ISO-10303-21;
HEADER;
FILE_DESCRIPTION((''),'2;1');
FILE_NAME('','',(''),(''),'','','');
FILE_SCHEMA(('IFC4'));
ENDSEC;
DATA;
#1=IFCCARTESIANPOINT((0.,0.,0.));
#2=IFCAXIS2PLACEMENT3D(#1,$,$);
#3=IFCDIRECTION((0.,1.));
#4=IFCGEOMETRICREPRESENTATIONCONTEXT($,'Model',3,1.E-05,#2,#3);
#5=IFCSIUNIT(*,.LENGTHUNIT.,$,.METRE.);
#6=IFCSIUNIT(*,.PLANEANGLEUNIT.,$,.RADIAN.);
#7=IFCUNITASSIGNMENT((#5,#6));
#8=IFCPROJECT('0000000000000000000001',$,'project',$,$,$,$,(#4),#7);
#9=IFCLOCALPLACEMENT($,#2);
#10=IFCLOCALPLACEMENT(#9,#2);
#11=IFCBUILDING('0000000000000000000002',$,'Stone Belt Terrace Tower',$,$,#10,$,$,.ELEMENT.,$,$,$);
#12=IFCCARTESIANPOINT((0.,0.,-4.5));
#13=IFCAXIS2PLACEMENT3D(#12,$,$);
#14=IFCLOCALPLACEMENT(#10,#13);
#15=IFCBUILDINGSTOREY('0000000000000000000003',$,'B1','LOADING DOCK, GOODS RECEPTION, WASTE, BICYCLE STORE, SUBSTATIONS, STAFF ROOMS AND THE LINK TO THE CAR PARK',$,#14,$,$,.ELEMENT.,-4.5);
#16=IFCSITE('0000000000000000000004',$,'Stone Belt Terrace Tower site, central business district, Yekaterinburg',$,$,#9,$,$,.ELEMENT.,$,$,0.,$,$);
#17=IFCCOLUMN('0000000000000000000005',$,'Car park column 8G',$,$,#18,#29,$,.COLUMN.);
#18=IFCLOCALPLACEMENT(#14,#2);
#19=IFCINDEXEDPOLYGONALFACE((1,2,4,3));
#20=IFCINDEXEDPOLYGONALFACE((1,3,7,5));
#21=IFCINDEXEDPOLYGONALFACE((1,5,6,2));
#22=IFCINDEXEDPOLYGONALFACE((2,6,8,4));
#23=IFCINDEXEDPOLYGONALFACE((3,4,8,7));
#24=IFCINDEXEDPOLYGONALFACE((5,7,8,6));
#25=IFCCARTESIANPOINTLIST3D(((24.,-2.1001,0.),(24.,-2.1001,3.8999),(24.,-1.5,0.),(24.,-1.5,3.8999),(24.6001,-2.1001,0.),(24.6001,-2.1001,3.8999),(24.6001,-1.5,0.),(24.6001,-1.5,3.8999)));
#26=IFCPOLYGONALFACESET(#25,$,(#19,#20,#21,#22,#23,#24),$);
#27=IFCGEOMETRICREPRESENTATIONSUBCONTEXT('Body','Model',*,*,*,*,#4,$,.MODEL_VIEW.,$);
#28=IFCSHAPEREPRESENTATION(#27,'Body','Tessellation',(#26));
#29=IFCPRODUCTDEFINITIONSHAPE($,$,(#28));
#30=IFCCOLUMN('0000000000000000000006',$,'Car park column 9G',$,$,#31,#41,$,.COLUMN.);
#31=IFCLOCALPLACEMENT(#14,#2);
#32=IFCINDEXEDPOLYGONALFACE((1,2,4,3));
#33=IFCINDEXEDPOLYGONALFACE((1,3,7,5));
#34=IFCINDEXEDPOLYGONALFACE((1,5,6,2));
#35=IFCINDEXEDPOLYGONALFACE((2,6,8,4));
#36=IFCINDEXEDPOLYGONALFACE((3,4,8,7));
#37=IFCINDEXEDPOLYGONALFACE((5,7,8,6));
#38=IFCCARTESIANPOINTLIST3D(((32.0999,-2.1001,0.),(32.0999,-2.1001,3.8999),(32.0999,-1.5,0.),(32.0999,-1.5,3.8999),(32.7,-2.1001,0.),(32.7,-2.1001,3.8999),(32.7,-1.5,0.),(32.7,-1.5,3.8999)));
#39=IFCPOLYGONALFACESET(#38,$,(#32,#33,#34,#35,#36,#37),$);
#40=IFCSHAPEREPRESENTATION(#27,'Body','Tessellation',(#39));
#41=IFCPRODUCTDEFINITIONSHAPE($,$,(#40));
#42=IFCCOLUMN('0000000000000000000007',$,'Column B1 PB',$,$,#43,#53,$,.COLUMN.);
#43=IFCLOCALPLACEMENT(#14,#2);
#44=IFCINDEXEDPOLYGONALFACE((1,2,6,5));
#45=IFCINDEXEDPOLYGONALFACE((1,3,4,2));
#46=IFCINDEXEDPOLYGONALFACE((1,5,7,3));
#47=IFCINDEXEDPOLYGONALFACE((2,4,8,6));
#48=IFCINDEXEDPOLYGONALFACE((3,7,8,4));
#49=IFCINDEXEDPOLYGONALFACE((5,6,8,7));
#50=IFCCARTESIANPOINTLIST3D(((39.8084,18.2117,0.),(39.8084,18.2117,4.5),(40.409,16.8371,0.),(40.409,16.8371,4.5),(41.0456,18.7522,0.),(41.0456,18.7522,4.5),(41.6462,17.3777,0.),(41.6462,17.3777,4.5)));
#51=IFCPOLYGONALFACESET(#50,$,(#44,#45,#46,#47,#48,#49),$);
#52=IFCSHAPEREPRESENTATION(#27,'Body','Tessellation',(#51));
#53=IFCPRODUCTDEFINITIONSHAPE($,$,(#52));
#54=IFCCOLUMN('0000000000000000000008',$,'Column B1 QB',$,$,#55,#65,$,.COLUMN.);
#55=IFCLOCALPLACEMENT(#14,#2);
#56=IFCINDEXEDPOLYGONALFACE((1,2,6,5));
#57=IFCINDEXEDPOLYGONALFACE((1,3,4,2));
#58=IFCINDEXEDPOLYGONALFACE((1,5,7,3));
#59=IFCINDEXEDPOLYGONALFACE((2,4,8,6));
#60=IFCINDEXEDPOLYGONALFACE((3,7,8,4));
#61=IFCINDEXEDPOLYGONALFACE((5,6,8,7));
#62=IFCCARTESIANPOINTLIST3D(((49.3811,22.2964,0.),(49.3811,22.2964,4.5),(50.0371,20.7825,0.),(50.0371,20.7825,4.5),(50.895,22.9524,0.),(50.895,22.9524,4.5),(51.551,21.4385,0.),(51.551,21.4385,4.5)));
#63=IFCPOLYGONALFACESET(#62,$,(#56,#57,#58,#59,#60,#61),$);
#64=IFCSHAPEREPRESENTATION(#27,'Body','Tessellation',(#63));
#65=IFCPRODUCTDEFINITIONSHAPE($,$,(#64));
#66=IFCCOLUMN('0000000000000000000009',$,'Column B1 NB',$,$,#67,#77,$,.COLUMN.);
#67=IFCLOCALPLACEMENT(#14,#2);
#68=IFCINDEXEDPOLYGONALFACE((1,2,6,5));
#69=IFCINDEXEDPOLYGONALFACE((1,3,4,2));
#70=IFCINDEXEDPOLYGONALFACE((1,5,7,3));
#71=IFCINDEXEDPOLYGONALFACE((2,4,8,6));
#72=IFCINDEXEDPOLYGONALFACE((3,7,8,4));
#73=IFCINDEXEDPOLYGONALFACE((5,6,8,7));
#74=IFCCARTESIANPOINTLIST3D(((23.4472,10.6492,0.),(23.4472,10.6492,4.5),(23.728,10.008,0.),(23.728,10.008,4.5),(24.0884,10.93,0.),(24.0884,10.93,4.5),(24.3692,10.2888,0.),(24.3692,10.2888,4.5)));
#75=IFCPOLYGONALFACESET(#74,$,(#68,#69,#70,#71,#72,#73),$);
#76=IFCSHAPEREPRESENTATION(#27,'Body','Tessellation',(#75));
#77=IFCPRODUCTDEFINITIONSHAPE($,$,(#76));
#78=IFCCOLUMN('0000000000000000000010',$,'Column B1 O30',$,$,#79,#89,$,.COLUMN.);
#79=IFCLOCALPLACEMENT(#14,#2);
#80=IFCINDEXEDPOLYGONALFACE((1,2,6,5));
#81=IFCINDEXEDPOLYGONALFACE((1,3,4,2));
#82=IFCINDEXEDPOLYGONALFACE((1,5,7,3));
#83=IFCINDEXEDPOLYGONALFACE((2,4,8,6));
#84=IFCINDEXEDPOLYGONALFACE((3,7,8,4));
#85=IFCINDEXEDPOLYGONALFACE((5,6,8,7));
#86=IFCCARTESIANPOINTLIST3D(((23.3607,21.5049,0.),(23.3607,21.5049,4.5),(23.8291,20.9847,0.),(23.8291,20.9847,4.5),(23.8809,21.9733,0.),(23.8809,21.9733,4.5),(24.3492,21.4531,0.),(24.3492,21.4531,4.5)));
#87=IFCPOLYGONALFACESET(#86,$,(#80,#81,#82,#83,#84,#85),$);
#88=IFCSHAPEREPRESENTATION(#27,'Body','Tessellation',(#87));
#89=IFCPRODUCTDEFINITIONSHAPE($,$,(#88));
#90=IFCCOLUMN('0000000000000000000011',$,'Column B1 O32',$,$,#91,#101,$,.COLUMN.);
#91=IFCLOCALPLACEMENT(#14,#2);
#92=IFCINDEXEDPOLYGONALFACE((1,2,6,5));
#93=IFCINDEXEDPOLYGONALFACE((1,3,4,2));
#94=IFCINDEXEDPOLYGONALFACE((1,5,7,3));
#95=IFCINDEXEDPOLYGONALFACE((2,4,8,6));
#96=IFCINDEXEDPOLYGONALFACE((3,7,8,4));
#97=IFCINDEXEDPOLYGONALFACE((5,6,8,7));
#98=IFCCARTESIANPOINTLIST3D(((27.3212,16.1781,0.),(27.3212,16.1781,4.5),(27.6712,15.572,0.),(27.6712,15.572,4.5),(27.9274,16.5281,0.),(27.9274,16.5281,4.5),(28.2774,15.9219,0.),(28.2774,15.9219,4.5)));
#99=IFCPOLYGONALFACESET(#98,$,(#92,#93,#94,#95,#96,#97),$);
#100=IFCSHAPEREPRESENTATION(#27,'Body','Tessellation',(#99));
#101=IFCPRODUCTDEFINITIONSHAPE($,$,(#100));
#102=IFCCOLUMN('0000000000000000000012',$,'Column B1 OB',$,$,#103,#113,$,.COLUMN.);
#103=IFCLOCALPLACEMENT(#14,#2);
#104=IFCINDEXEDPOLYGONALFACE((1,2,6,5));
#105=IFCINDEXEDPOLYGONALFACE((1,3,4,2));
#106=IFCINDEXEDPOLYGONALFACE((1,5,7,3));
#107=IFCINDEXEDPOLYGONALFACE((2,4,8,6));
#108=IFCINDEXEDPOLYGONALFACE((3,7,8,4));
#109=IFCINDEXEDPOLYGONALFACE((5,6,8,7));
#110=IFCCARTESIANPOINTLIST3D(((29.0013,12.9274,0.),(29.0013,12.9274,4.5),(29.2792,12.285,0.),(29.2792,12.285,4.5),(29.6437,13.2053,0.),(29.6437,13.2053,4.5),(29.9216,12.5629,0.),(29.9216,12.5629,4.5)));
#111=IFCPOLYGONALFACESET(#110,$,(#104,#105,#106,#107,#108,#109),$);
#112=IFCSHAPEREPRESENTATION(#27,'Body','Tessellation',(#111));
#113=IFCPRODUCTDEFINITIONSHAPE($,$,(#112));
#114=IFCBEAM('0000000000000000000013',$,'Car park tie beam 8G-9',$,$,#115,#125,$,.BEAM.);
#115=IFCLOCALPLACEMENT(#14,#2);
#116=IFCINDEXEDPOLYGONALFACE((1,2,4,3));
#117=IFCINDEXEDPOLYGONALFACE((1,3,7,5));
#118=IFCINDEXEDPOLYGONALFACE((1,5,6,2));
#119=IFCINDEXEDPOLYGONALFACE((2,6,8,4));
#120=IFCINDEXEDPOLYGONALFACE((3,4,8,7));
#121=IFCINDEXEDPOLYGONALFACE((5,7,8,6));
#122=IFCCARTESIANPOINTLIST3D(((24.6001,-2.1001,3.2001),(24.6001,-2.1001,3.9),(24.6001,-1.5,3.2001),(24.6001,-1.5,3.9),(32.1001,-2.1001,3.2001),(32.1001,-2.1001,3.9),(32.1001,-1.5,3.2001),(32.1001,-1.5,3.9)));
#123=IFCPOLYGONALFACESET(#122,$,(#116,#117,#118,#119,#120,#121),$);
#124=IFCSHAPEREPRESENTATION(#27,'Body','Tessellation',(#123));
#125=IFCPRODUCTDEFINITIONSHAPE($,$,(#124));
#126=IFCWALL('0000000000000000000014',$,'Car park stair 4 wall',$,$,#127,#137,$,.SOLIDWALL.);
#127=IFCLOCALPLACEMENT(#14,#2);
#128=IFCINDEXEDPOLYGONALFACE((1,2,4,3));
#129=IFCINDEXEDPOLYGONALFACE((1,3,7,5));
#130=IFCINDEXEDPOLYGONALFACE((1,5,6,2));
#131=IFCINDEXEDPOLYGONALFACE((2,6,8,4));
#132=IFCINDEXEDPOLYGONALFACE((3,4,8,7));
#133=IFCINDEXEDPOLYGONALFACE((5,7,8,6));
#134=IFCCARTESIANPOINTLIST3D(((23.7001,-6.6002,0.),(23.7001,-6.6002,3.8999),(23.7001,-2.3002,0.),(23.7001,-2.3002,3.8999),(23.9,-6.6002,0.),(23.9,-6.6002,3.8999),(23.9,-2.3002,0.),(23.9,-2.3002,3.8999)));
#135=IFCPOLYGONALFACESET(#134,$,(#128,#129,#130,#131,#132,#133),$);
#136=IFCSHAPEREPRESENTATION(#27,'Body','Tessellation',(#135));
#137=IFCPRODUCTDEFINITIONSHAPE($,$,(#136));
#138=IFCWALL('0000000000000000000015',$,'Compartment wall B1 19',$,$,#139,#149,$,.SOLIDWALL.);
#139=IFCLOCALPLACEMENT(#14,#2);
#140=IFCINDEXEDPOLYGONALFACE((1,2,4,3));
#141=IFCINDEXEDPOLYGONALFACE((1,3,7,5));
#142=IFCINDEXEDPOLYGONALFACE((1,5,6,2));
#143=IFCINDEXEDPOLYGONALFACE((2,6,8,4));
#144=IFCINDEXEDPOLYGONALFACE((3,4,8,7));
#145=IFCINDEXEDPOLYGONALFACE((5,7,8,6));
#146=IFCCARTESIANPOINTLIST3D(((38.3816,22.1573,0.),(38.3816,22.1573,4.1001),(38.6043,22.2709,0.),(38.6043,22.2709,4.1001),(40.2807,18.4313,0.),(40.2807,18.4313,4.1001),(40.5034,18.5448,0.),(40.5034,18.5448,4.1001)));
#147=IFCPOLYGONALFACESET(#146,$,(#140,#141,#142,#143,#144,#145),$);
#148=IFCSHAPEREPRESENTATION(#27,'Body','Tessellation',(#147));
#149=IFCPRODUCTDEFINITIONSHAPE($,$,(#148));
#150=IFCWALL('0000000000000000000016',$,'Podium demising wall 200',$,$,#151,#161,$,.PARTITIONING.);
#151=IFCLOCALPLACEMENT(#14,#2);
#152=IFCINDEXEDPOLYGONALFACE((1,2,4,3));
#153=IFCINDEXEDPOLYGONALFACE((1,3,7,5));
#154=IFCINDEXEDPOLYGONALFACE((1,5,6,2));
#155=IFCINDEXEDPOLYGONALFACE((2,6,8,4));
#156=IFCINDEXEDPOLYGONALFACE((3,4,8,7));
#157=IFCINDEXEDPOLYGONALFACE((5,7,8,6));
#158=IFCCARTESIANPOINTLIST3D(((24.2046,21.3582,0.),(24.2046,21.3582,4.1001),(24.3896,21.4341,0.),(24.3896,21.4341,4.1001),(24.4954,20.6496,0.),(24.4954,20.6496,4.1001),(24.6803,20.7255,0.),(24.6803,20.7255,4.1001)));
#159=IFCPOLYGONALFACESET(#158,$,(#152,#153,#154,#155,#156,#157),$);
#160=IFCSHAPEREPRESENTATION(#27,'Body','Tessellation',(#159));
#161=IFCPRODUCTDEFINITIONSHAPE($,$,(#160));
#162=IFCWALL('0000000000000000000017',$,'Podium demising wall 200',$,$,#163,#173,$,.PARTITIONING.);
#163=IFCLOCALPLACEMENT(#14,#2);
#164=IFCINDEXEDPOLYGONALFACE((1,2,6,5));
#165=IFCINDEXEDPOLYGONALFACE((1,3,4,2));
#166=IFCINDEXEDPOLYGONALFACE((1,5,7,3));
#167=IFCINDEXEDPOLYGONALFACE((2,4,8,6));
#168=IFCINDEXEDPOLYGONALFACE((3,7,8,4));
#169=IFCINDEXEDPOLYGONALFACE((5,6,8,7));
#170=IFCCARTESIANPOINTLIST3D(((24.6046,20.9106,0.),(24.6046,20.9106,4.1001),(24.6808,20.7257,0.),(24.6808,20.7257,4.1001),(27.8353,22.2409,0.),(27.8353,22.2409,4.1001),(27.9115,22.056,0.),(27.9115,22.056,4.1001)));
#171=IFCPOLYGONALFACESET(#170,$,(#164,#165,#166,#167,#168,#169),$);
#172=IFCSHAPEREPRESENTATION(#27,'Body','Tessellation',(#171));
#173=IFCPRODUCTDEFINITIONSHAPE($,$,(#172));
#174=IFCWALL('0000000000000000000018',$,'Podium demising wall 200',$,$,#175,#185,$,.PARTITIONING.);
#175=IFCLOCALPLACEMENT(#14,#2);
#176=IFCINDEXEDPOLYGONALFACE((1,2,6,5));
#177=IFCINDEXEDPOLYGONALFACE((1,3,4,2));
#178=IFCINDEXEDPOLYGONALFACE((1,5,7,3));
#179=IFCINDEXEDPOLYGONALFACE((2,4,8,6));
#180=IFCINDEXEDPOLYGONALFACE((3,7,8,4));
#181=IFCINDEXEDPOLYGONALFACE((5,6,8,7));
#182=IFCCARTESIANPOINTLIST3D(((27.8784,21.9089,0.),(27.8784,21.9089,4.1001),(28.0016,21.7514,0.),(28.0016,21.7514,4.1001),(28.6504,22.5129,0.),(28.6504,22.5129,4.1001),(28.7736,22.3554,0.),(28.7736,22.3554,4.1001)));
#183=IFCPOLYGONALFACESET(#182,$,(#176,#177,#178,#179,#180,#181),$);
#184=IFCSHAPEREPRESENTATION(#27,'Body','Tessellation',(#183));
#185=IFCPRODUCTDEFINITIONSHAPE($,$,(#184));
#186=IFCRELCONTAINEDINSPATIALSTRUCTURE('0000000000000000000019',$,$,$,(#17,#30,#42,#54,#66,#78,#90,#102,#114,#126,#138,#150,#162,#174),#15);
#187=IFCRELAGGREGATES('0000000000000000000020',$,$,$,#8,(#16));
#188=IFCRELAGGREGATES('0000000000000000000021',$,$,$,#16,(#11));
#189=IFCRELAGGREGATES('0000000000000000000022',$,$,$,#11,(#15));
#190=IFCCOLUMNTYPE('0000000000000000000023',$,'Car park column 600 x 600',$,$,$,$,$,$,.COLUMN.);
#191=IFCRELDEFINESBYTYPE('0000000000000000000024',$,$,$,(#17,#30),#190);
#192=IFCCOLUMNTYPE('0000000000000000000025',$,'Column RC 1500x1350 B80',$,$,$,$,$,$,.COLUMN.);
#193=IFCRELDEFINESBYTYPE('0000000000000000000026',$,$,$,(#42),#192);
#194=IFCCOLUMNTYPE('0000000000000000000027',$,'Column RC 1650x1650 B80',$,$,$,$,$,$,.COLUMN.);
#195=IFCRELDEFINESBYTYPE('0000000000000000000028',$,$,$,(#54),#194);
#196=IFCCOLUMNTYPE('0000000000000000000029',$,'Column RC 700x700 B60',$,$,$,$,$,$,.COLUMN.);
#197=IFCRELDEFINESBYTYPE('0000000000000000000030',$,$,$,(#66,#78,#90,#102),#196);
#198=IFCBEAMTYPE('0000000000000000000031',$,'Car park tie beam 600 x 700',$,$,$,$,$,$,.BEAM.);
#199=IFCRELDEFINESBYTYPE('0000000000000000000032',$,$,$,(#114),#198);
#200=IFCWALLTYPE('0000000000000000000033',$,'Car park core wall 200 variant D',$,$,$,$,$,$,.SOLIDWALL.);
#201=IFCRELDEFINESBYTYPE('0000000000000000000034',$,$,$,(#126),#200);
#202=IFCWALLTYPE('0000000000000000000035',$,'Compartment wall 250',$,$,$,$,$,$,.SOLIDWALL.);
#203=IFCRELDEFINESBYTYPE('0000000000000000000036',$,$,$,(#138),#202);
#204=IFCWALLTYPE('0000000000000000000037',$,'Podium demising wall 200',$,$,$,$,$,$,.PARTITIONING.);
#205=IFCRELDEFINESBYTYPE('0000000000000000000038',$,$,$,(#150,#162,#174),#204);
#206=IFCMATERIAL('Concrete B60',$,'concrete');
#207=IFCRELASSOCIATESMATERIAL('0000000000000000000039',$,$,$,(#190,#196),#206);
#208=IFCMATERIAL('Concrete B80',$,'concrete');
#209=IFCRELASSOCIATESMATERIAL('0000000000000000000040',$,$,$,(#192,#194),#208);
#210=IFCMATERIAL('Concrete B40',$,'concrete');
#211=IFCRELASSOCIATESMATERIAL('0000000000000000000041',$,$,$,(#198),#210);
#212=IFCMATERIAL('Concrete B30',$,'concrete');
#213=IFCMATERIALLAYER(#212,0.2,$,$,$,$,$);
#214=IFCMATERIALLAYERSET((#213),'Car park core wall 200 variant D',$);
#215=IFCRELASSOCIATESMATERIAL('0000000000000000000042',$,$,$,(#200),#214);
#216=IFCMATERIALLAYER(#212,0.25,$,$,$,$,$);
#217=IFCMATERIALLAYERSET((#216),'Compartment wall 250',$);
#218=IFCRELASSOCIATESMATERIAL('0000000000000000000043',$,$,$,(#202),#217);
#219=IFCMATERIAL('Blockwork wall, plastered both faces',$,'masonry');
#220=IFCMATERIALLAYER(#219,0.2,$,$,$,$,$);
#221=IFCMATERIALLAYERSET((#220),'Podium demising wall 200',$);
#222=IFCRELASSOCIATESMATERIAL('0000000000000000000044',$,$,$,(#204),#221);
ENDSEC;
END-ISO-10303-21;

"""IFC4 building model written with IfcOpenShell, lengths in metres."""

from ifc_helpers import new_model, si_unit, direction, frame, frame_2d, origin, origin_2d, place, context, subcontext, project, spatial, rectangle, extrude, material, layer, layer_set, material_profile, profile_set, type_object, element, save


model = new_model("IFC4")

# Units and contexts
model_context = context("Model", 3, precision=1e-05, world=origin(), true_north=direction((0.0, 1.0)))
body_context = subcontext(model_context, "Body", "Model", "MODEL_VIEW")
ifc_project = project(units=[si_unit("LENGTHUNIT", "METRE"), si_unit("PLANEANGLEUNIT", "RADIAN")], contexts=[model_context])

# Site, building, storey
site_placement = place(None, origin())
site = spatial("IfcSite", under=ifc_project, at=site_placement, Name="Stone Belt Terrace Tower site, central business district, Yekaterinburg", CompositionType="ELEMENT", RefElevation=0.0)
building_placement = place(site_placement, origin())
building = spatial("IfcBuilding", under=site, at=building_placement, Name="Stone Belt Terrace Tower", CompositionType="ELEMENT")
storey_placement = place(building_placement, frame((0.0, 0.0, -4.5)))
storey = spatial("IfcBuildingStorey", under=building, at=storey_placement, Name="B1", Description="LOADING DOCK, GOODS RECEPTION, WASTE, BICYCLE STORE, SUBSTATIONS, STAFF ROOMS AND THE LINK TO THE CAR PARK", CompositionType="ELEMENT", Elevation=-4.5)

# Columns
ifc_material_1 = material(Name="Concrete B60", Category="concrete")
ifc_material_profile_1 = material_profile(ifc_material_1, rectangle(XDim=0.6001, YDim=0.6001, at=origin_2d()), Name="Car park column 600 x 600")
ifc_profile_set_1 = profile_set([ifc_material_profile_1], Name="Concrete B60")
column_type_1 = type_object("IfcColumnType", Name="Car park column 600 x 600", PredefinedType="COLUMN", material=ifc_profile_set_1)
for number, where, z_axis, x_axis, name in (
    (1, (24.3, -1.8, 0.0), (0.0, 0.0, 1.0), (1.0, 0.0, 0.0), "Car park column 8G"),
    (2, (32.3999, -1.8, 0.0), (0.0, 0.0, 1.0), (1.0, 0.0, 0.0), "Car park column 9G"),
):
    element("IfcColumn", number, at=place(storey_placement, frame(where, z_axis=z_axis, x_axis=x_axis)), inside=storey, type_object=column_type_1, Name=name, PredefinedType="COLUMN", context=body_context, shape_type="SweptSolid", body=[
        extrude(rectangle(XDim=0.6001, YDim=0.6001, at=origin_2d()), origin(), (0.0, 0.0, 1.0), 3.8999),
    ])
ifc_material_2 = material(Name="Concrete B80", Category="concrete")
ifc_material_profile_2 = material_profile(ifc_material_2, rectangle(XDim=1.5, YDim=1.3501, at=origin_2d()), Name="RC 1500x1350")
ifc_profile_set_2 = profile_set([ifc_material_profile_2], Name="Concrete B80")
column_type_2 = type_object("IfcColumnType", Name="Column RC 1500x1350 B80", PredefinedType="COLUMN", material=ifc_profile_set_2)
column_1_placement = place(storey_placement, frame((40.7273, 17.7947, 0.0), z_axis=(0.0, 0.0, 1.0), x_axis=(0.400376, -0.916351, 0.0)))
element("IfcColumn", 3, at=column_1_placement, inside=storey, type_object=column_type_2, Name="Column B1 PB", PredefinedType="COLUMN", context=body_context, shape_type="SweptSolid", body=[
    extrude(rectangle(XDim=1.5, YDim=1.3501, at=origin_2d()), origin(), (0.0, 0.0, 1.0), 4.5),
])
ifc_material_profile_3 = material_profile(ifc_material_2, rectangle(XDim=1.6499, YDim=1.6499, at=origin_2d()), Name="RC 1650x1650")
ifc_profile_set_3 = profile_set([ifc_material_profile_3], Name="Concrete B80")
column_type_3 = type_object("IfcColumnType", Name="Column RC 1650x1650 B80", PredefinedType="COLUMN", material=ifc_profile_set_3)
column_2_placement = place(storey_placement, frame((50.4661, 21.8674, 0.0), z_axis=(0.0, 0.0, 1.0), x_axis=(0.397588, -0.917564, 0.0)))
element("IfcColumn", 4, at=column_2_placement, inside=storey, type_object=column_type_3, Name="Column B1 QB", PredefinedType="COLUMN", context=body_context, shape_type="SweptSolid", body=[
    extrude(rectangle(XDim=1.6499, YDim=1.6499, at=origin_2d()), origin(), (0.0, 0.0, 1.0), 4.5),
])
ifc_material_profile_4 = material_profile(ifc_material_1, rectangle(XDim=0.7, YDim=0.7, at=origin_2d()), Name="RC 700x700")
ifc_profile_set_4 = profile_set([ifc_material_profile_4], Name="Concrete B60")
column_type_4 = type_object("IfcColumnType", Name="Column RC 700x700 B60", PredefinedType="COLUMN", material=ifc_profile_set_4)
for number, where, z_axis, x_axis, name in (
    (5, (23.9082, 10.469, 0.0), (0.0, 0.0, 1.0), (0.401115, -0.916028, 0.0), "Column B1 NB"),
    (6, (23.855, 21.479, 0.0), (0.0, 0.0, 1.0), (0.669131, -0.743145, 0.0), "Column B1 O30"),
    (7, (27.7993, 16.05, 0.0), (0.0, 0.0, 1.0), (0.5, -0.866025, 0.0), "Column B1 O32"),
    (8, (29.4614, 12.7451, 0.0), (0.0, 0.0, 1.0), (0.397044, -0.9178, 0.0), "Column B1 OB"),
):
    element("IfcColumn", number, at=place(storey_placement, frame(where, z_axis=z_axis, x_axis=x_axis)), inside=storey, type_object=column_type_4, Name=name, PredefinedType="COLUMN", context=body_context, shape_type="SweptSolid", body=[
        extrude(rectangle(XDim=0.7, YDim=0.7, at=origin_2d()), origin(), (0.0, 0.0, 1.0), 4.5),
    ])

# Beam
ifc_material_3 = material(Name="Concrete B40", Category="concrete")
ifc_material_profile_5 = material_profile(ifc_material_3, rectangle(XDim=0.6001, YDim=0.7, at=origin_2d()), Name="Car park tie beam 600 x 700")
ifc_profile_set_5 = profile_set([ifc_material_profile_5], Name="Concrete B40")
beam_type = type_object("IfcBeamType", Name="Car park tie beam 600 x 700", PredefinedType="BEAM", material=ifc_profile_set_5)
beam_placement = place(storey_placement, frame((24.6001, -1.8, 3.55), z_axis=(1.0, 0.0, 0.0), x_axis=(0.0, 1.0, 0.0)))
element("IfcBeam", 9, at=beam_placement, inside=storey, type_object=beam_type, Name="Car park tie beam 8G-9", PredefinedType="BEAM", context=body_context, shape_type="SweptSolid", body=[
    extrude(rectangle(XDim=0.6001, YDim=0.7, at=origin_2d()), origin(), (0.0, 0.0, 1.0), 7.5),
])

# Walls
ifc_material_4 = material(Name="Concrete B30", Category="concrete")
ifc_layer_1 = layer(ifc_material_4, 0.2)
ifc_layer_set_1 = layer_set([ifc_layer_1], Name="Car park core wall 200 variant D")
wall_type_1 = type_object("IfcWallType", Name="Car park core wall 200 variant D", PredefinedType="SOLIDWALL", material=ifc_layer_set_1)
wall_1_placement = place(storey_placement, frame((23.8, -6.6001, 0.0), z_axis=(0.0, 0.0, 1.0), x_axis=(0.0, 1.0, 0.0)))
element("IfcWall", 10, at=wall_1_placement, inside=storey, type_object=wall_type_1, Name="Car park stair 4 wall", PredefinedType="SOLIDWALL", context=body_context, shape_type="SweptSolid", body=[
    extrude(rectangle(XDim=4.3, YDim=0.2, at=frame_2d((2.1499, 0.0))), origin(), (0.0, 0.0, 1.0), 3.8999),
])
ifc_layer_2 = layer(ifc_material_4, 0.25)
ifc_layer_set_2 = layer_set([ifc_layer_2], Name="Compartment wall 250")
wall_type_2 = type_object("IfcWallType", Name="Compartment wall 250", PredefinedType="SOLIDWALL", material=ifc_layer_set_2)
wall_2_placement = place(storey_placement, frame((38.4929, 22.2141, 0.0), z_axis=(0.0, 0.0, 1.0), x_axis=(0.454112, -0.890945, 0.0)))
element("IfcWall", 11, at=wall_2_placement, inside=storey, type_object=wall_type_2, Name="Compartment wall B1 19", PredefinedType="SOLIDWALL", context=body_context, shape_type="SweptSolid", body=[
    extrude(rectangle(XDim=4.1821, YDim=0.25, at=frame_2d((2.0911, 0.0))), origin(), (0.0, 0.0, 1.0), 4.1001),
])
ifc_material_5 = material(Name="Blockwork wall, plastered both faces", Category="masonry")
ifc_layer_3 = layer(ifc_material_5, 0.2)
ifc_layer_set_3 = layer_set([ifc_layer_3], Name="Podium demising wall 200")
wall_type_3 = type_object("IfcWallType", Name="Podium demising wall 200", PredefinedType="PARTITIONING", material=ifc_layer_set_3)
wall_3_placement = place(storey_placement, frame((24.2971, 21.396, 0.0), z_axis=(0.0, 0.0, 1.0), x_axis=(0.379675, -0.92512, 0.0)))
element("IfcWall", 12, at=wall_3_placement, inside=storey, type_object=wall_type_3, Name="Podium demising wall 200", PredefinedType="PARTITIONING", context=body_context, shape_type="SweptSolid", body=[
    extrude(rectangle(XDim=0.7659, YDim=0.2, at=frame_2d((0.3828, 0.0))), origin(), (0.0, 0.0, 1.0), 4.1001),
])
wall_4_placement = place(storey_placement, frame((24.6426, 20.8181, 0.0), z_axis=(0.0, 0.0, 1.0), x_axis=(0.924675, 0.380757, 0.0)))
element("IfcWall", 13, at=wall_4_placement, inside=storey, type_object=wall_type_3, Name="Podium demising wall 200", PredefinedType="PARTITIONING", context=body_context, shape_type="SweptSolid", body=[
    extrude(rectangle(XDim=3.4939, YDim=0.2, at=frame_2d((1.7471, 0.0))), origin(), (0.0, 0.0, 1.0), 4.1001),
])
wall_5_placement = place(storey_placement, frame((27.9399, 21.8301, 0.0), z_axis=(0.0, 0.0, 1.0), x_axis=(0.787579, 0.616214, 0.0)))
element("IfcWall", 14, at=wall_5_placement, inside=storey, type_object=wall_type_3, Name="Podium demising wall 200", PredefinedType="PARTITIONING", context=body_context, shape_type="SweptSolid", body=[
    extrude(rectangle(XDim=0.9802, YDim=0.2, at=frame_2d((0.4902, 0.0))), origin(), (0.0, 0.0, 1.0), 4.1001),
])

save(model, "model.ifc")
